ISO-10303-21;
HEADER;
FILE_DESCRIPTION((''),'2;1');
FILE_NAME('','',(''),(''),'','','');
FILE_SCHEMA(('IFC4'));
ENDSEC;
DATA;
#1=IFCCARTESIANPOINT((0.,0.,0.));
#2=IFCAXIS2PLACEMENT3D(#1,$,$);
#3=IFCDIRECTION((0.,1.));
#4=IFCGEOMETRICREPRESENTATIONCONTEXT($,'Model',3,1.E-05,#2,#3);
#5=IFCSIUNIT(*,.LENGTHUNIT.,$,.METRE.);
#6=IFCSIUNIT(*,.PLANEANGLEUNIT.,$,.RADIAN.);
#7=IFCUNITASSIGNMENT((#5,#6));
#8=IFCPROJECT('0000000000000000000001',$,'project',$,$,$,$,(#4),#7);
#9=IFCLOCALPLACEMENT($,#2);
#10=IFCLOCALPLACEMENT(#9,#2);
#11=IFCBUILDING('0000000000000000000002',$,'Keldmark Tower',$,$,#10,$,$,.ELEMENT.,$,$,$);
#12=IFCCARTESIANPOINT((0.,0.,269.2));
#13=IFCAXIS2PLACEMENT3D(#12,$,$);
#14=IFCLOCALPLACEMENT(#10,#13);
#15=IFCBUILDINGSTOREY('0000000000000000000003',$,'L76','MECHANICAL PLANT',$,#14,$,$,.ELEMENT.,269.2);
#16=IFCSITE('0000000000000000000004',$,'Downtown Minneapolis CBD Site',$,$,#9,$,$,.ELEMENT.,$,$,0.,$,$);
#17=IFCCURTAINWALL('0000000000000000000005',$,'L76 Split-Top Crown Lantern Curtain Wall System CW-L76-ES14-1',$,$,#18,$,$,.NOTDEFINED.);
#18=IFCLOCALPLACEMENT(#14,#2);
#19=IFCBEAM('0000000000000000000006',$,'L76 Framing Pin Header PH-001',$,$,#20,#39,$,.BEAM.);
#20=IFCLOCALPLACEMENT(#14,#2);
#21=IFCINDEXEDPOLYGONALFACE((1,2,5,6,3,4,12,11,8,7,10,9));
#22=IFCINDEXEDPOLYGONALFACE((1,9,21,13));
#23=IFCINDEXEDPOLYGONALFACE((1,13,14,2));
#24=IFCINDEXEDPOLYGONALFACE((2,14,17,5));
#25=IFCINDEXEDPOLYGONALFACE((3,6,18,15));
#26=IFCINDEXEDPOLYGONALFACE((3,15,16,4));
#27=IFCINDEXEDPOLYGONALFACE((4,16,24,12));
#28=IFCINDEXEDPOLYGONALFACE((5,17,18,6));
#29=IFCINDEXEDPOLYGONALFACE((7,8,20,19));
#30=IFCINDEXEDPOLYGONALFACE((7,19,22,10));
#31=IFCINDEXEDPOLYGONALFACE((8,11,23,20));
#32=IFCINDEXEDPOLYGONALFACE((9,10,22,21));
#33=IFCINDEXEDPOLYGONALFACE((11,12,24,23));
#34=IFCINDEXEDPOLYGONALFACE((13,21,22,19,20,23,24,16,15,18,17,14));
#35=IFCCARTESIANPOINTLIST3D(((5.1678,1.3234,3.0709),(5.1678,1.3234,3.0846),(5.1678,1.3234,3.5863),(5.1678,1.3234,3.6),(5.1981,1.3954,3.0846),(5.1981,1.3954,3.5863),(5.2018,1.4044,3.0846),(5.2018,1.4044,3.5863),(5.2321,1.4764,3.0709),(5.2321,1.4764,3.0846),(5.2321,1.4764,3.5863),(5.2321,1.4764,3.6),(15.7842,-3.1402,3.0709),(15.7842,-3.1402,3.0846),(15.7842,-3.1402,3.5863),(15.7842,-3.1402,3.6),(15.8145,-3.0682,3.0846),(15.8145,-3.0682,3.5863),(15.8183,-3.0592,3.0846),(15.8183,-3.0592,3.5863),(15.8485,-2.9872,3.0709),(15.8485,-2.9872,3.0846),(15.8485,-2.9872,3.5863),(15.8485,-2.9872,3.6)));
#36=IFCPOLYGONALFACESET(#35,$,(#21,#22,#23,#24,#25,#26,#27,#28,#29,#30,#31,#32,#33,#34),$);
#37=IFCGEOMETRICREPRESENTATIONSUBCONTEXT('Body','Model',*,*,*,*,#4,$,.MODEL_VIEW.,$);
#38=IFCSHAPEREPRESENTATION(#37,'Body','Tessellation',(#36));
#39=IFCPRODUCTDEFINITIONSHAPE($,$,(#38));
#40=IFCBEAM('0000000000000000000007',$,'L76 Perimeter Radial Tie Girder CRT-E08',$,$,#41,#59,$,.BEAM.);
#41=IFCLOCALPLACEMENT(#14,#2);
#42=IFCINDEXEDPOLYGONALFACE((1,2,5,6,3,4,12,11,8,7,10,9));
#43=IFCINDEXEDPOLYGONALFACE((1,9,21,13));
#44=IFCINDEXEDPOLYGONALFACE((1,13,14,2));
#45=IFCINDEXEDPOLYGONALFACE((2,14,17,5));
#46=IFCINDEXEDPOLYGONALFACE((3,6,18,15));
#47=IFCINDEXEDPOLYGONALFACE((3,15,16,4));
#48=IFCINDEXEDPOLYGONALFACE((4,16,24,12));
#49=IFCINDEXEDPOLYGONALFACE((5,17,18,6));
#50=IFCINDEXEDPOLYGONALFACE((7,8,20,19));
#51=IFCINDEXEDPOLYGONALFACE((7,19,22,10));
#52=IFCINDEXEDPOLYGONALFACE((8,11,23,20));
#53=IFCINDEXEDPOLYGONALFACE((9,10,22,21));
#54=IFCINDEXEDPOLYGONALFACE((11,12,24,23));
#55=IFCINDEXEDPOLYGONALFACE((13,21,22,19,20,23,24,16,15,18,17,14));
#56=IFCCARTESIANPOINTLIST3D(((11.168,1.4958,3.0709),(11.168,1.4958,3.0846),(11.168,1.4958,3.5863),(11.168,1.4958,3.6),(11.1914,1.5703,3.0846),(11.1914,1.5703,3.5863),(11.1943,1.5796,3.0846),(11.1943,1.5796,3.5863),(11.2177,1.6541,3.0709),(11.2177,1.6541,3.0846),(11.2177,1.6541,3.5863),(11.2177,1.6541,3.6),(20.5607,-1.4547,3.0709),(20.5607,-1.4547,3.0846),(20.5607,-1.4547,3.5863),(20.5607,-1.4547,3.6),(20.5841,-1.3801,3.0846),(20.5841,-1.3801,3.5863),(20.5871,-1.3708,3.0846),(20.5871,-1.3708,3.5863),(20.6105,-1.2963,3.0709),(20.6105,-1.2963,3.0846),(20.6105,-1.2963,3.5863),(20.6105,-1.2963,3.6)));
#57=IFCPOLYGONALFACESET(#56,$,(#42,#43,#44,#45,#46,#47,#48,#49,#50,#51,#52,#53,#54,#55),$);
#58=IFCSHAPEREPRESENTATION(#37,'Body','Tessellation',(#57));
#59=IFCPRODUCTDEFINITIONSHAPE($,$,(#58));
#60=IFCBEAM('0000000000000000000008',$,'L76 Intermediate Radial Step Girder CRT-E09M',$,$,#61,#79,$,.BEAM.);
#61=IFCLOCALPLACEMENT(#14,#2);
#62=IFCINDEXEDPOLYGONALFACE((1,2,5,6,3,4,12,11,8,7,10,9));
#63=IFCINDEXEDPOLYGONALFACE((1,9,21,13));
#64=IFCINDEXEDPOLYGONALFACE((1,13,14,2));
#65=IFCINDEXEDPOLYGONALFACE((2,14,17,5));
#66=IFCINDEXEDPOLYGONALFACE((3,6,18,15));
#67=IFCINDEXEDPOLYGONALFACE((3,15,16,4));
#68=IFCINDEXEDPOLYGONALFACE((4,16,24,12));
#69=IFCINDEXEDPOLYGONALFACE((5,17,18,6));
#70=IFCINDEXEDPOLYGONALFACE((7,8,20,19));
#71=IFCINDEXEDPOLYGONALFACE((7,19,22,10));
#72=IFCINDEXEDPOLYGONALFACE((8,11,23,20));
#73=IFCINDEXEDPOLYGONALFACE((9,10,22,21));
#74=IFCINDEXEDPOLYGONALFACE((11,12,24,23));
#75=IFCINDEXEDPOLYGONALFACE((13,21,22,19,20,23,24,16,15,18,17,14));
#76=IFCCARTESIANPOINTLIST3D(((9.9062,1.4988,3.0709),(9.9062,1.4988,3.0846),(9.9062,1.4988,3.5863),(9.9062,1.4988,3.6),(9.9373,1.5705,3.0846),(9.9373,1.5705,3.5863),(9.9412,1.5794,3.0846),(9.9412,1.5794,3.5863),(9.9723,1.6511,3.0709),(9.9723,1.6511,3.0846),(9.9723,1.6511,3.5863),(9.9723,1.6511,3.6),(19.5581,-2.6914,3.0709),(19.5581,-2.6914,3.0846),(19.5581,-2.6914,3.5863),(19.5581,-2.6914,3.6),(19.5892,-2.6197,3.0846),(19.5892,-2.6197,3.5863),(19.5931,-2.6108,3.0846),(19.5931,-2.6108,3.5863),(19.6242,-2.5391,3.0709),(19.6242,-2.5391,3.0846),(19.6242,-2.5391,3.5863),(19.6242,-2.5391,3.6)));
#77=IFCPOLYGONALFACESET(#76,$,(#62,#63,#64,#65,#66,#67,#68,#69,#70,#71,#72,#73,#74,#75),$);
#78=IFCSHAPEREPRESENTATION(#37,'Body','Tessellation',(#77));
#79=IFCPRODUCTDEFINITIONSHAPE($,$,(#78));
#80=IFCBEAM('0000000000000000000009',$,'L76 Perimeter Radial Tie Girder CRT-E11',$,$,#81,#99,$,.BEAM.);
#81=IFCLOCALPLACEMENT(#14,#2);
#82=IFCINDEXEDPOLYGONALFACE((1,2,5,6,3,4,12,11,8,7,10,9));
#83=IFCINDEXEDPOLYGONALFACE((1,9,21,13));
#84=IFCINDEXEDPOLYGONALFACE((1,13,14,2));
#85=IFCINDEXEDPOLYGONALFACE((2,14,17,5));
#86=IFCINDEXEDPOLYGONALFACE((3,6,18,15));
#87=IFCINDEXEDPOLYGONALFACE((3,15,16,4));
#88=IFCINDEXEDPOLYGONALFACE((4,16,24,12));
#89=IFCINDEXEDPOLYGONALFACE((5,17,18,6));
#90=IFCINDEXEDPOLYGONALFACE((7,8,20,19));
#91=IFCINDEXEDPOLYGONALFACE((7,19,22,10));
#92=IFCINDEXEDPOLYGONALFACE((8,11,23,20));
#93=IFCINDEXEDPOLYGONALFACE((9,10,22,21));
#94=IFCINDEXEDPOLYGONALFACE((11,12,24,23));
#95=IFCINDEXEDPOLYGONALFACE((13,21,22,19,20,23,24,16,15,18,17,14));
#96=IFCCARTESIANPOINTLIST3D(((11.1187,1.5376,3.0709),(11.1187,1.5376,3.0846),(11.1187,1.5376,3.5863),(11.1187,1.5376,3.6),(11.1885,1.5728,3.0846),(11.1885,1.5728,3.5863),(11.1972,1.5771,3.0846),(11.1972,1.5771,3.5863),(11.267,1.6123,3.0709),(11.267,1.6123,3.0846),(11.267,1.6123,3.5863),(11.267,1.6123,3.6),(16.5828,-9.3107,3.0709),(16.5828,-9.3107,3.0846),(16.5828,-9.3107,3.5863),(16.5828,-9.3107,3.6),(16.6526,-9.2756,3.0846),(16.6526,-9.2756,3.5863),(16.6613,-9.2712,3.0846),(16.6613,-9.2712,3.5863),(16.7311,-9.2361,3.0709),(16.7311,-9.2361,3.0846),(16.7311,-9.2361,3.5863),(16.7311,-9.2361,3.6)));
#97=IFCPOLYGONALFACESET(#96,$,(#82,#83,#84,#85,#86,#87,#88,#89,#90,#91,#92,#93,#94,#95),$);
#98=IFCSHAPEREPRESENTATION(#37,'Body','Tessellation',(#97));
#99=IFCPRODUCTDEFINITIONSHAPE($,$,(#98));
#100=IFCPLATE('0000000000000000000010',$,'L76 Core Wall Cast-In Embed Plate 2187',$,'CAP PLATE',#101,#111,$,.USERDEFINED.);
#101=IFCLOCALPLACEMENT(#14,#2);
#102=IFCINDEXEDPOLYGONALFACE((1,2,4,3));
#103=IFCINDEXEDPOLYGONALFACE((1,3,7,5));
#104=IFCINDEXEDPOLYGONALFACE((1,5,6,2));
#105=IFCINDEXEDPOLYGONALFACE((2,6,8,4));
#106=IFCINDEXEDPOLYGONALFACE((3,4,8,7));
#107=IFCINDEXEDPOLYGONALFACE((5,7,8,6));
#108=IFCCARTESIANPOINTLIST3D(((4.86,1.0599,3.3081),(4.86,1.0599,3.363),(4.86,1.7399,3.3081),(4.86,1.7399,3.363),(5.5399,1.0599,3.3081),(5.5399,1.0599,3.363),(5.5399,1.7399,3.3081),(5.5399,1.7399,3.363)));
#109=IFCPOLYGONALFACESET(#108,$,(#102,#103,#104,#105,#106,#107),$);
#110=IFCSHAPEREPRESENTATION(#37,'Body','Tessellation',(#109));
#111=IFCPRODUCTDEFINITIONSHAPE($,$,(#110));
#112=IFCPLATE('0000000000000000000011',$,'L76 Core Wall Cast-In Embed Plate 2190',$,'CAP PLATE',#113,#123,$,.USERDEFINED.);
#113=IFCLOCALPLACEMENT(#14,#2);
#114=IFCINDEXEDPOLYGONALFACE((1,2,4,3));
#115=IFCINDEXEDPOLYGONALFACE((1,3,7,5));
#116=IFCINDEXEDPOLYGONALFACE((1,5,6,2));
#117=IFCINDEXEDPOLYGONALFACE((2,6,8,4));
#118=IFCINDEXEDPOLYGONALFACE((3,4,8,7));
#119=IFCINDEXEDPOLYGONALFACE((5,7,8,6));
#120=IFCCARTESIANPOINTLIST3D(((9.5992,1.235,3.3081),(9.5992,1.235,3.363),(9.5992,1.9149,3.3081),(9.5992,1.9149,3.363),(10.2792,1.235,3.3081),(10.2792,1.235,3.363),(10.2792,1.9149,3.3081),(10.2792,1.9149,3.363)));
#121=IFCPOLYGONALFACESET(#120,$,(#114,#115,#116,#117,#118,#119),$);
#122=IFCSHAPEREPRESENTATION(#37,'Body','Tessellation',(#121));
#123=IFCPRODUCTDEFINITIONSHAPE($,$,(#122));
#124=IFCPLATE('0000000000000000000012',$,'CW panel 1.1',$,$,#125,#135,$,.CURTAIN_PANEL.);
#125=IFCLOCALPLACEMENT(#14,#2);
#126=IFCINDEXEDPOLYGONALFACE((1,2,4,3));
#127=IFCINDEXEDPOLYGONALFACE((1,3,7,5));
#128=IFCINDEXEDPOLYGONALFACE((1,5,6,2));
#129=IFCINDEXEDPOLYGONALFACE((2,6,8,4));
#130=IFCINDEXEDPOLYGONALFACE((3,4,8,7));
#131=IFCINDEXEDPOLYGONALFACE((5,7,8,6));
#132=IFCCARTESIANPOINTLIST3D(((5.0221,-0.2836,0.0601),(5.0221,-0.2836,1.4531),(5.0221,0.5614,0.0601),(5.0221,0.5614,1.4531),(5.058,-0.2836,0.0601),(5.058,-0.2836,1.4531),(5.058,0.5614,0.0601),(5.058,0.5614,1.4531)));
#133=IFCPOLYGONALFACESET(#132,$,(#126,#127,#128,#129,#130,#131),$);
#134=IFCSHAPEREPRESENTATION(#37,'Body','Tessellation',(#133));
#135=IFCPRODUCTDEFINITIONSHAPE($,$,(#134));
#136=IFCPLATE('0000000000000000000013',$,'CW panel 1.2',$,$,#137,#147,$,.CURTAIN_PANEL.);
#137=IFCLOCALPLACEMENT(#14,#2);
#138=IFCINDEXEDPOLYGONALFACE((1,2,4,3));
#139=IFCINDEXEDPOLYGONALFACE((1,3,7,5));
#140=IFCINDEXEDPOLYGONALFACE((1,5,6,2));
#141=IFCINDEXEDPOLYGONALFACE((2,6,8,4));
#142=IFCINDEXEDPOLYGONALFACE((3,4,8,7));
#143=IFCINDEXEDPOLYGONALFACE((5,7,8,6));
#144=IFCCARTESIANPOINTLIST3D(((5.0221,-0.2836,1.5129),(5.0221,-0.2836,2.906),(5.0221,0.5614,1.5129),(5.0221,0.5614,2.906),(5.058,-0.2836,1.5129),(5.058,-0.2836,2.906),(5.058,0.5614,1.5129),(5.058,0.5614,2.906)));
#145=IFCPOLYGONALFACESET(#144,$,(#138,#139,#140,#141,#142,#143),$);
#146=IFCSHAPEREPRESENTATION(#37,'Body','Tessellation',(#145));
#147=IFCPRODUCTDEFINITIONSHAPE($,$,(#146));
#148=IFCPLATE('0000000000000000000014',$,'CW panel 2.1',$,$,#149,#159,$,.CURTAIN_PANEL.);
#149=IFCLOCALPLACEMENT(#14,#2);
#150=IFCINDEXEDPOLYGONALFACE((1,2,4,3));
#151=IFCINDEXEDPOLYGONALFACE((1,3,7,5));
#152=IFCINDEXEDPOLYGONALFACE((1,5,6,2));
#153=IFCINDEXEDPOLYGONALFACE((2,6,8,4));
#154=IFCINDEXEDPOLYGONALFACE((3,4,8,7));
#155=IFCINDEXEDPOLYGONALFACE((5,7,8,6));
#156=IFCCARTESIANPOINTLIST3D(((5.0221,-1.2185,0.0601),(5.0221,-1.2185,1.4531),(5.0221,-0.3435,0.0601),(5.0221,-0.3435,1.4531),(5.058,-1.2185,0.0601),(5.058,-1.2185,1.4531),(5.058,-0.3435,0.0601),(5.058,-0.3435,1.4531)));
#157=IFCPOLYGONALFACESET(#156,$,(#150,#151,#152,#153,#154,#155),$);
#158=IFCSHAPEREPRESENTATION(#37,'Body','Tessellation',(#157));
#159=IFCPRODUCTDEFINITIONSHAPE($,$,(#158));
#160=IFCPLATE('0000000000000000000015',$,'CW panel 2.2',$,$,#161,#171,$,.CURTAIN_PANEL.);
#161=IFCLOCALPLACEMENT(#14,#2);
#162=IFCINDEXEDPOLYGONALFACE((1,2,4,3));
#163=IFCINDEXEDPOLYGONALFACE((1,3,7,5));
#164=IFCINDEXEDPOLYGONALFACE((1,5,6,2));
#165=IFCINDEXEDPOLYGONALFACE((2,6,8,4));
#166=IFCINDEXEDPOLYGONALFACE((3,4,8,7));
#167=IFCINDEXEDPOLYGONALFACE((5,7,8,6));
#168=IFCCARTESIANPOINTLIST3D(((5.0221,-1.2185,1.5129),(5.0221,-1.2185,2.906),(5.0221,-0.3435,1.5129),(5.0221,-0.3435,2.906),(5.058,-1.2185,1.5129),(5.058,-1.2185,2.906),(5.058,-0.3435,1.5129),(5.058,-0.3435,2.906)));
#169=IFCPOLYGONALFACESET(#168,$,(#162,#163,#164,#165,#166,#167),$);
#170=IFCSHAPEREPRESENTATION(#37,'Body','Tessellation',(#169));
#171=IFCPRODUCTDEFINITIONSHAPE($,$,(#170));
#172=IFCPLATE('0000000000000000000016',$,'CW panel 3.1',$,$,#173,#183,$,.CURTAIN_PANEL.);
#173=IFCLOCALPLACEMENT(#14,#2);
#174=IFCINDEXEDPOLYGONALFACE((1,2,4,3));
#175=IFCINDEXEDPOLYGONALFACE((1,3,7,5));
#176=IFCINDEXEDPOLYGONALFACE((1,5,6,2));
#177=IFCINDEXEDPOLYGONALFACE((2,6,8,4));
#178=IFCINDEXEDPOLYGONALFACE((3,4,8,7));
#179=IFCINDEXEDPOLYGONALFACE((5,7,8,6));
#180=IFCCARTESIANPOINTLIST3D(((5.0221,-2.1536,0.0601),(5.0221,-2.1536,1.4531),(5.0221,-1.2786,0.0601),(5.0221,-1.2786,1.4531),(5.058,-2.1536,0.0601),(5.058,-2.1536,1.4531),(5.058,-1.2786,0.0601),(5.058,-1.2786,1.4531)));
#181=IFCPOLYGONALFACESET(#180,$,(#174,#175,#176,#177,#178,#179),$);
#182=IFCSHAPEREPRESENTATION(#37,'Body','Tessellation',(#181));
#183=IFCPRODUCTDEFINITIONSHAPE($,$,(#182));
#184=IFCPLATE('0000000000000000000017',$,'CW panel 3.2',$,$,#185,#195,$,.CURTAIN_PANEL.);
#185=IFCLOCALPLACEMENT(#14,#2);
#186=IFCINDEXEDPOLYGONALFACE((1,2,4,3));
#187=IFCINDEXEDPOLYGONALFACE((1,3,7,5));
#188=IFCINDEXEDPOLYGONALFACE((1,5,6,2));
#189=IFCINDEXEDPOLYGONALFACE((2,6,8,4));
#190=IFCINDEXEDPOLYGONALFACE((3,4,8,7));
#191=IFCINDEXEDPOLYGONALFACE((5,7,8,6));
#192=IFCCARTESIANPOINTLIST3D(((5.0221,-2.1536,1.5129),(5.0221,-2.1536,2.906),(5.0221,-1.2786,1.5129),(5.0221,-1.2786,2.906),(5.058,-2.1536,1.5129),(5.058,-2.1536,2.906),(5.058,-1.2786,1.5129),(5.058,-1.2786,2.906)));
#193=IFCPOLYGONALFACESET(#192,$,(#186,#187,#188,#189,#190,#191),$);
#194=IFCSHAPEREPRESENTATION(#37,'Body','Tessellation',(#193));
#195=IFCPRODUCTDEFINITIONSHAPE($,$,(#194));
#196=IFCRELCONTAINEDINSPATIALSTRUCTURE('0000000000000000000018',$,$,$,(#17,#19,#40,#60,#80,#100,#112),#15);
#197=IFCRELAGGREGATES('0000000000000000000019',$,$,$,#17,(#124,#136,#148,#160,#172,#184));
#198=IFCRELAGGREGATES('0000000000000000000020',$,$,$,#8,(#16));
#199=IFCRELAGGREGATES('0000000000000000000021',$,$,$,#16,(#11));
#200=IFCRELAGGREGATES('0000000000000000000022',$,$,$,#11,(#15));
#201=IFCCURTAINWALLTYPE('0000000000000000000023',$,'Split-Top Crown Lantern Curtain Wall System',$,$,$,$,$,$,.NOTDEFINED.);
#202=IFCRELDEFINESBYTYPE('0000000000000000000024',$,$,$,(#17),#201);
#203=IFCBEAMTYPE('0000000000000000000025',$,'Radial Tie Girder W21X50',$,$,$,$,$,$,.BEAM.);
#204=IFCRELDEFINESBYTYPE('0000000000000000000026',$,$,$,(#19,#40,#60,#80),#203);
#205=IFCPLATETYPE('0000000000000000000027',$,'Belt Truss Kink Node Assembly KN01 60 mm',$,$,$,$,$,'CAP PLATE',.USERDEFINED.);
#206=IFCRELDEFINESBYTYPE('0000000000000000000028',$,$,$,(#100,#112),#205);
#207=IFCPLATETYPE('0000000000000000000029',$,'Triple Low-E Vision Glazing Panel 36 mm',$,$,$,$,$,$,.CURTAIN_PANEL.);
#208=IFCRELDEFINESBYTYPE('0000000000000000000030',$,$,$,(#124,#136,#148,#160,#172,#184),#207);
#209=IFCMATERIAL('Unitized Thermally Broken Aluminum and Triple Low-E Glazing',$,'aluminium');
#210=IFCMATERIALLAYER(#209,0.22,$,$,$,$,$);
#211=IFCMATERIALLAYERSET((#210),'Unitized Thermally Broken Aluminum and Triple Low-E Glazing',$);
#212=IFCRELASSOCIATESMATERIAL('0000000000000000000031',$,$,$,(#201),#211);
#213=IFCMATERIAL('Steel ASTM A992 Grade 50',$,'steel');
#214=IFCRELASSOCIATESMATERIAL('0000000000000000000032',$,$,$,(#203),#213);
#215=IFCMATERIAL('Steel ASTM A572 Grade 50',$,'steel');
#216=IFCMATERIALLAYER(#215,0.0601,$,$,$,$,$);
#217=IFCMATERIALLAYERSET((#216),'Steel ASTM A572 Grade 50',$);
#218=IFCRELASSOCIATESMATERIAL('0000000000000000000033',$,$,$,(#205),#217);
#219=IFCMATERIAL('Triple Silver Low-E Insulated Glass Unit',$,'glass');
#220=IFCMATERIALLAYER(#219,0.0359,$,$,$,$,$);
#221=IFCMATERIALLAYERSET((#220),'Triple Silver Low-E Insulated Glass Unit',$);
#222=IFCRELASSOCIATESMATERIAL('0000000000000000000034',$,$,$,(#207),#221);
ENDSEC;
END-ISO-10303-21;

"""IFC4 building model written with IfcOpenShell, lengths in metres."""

from ifc_helpers import new_model, si_unit, direction, frame, origin, origin_2d, place, context, subcontext, project, spatial, rectangle, i_section, extrude, material, layer, layer_set, material_profile, profile_set, type_object, element, aggregate, save


model = new_model("IFC4")

# Units and contexts
model_context = context("Model", 3, precision=1e-05, world=origin(), true_north=direction((0.0, 1.0)))
body_context = subcontext(model_context, "Body", "Model", "MODEL_VIEW")
ifc_project = project(units=[si_unit("LENGTHUNIT", "METRE"), si_unit("PLANEANGLEUNIT", "RADIAN")], contexts=[model_context])

# Site, building, storey
site_placement = place(None, origin())
site = spatial("IfcSite", under=ifc_project, at=site_placement, Name="Downtown Minneapolis CBD Site", CompositionType="ELEMENT", RefElevation=0.0)
building_placement = place(site_placement, origin())
building = spatial("IfcBuilding", under=site, at=building_placement, Name="Keldmark Tower", CompositionType="ELEMENT")
storey_placement = place(building_placement, frame((0.0, 0.0, 269.2)))
storey = spatial("IfcBuildingStorey", under=building, at=storey_placement, Name="L76", Description="MECHANICAL PLANT", CompositionType="ELEMENT", Elevation=269.2)

# Curtain wall
ifc_material_1 = material(Name="Unitized Thermally Broken Aluminum and Triple Low-E Glazing", Category="aluminium")
ifc_layer_1 = layer(ifc_material_1, 0.22)
ifc_layer_set_1 = layer_set([ifc_layer_1], Name="Unitized Thermally Broken Aluminum and Triple Low-E Glazing")
curtain_wall_type = type_object("IfcCurtainWallType", Name="Split-Top Crown Lantern Curtain Wall System", PredefinedType="NOTDEFINED", material=ifc_layer_set_1)
curtain_wall_placement = place(storey_placement, origin())
curtain_wall = element("IfcCurtainWall", 1, at=curtain_wall_placement, inside=storey, type_object=curtain_wall_type, Name="L76 Split-Top Crown Lantern Curtain Wall System CW-L76-ES14-1", PredefinedType="NOTDEFINED")

# Beams
ifc_material_2 = material(Name="Steel ASTM A992 Grade 50", Category="steel")
ifc_material_profile_1 = material_profile(ifc_material_2, i_section(OverallWidth=0.166, OverallDepth=0.5291, WebThickness=0.0098, FlangeThickness=0.0137, at=origin_2d()), Name="W21X50")
ifc_profile_set_1 = profile_set([ifc_material_profile_1], Name="Steel ASTM A992 Grade 50")
beam_type = type_object("IfcBeamType", Name="Radial Tie Girder W21X50", PredefinedType="BEAM", material=ifc_profile_set_1)
beam_1_placement = place(storey_placement, frame((5.2, 1.3999, 3.3354), z_axis=(0.921836, -0.38758, 0.0), x_axis=(0.38758, 0.921836, 0.0)))
element("IfcBeam", 2, at=beam_1_placement, inside=storey, type_object=beam_type, Name="L76 Framing Pin Header PH-001", PredefinedType="BEAM", context=body_context, shape_type="SweptSolid", body=[
    extrude(i_section(OverallWidth=0.166, OverallDepth=0.5291, WebThickness=0.0098, FlangeThickness=0.0137, at=origin_2d()), origin(), (0.0, 0.0, 1.0), 11.5166),
])
beam_2_placement = place(storey_placement, frame((11.1929, 1.575, 3.3354), z_axis=(0.95404, -0.29968, 0.0), x_axis=(0.29968, 0.95404, 0.0)))
element("IfcBeam", 3, at=beam_2_placement, inside=storey, type_object=beam_type, Name="L76 Perimeter Radial Tie Girder CRT-E08", PredefinedType="BEAM", context=body_context, shape_type="SweptSolid", body=[
    extrude(i_section(OverallWidth=0.166, OverallDepth=0.5291, WebThickness=0.0098, FlangeThickness=0.0137, at=origin_2d()), origin(), (0.0, 0.0, 1.0), 9.8452),
])
beam_3_placement = place(storey_placement, frame((9.9392, 1.575, 3.3354), z_axis=(0.917288, -0.398225, 0.0), x_axis=(0.398225, 0.917288, 0.0)))
element("IfcBeam", 4, at=beam_3_placement, inside=storey, type_object=beam_type, Name="L76 Intermediate Radial Step Girder CRT-E09M", PredefinedType="BEAM", context=body_context, shape_type="SweptSolid", body=[
    extrude(i_section(OverallWidth=0.166, OverallDepth=0.5291, WebThickness=0.0098, FlangeThickness=0.0137, at=origin_2d()), origin(), (0.0, 0.0, 1.0), 10.5222),
])
beam_4_placement = place(storey_placement, frame((11.1929, 1.575, 3.3354), z_axis=(0.449841, -0.893109, 0.0), x_axis=(0.893109, 0.449841, 0.0)))
element("IfcBeam", 5, at=beam_4_placement, inside=storey, type_object=beam_type, Name="L76 Perimeter Radial Tie Girder CRT-E11", PredefinedType="BEAM", context=body_context, shape_type="SweptSolid", body=[
    extrude(i_section(OverallWidth=0.166, OverallDepth=0.5291, WebThickness=0.0098, FlangeThickness=0.0137, at=origin_2d()), origin(), (0.0, 0.0, 1.0), 12.1467),
])

# Plates
ifc_material_3 = material(Name="Steel ASTM A572 Grade 50", Category="steel")
ifc_layer_2 = layer(ifc_material_3, 0.0601)
ifc_layer_set_2 = layer_set([ifc_layer_2], Name="Steel ASTM A572 Grade 50")
plate_type_1 = type_object("IfcPlateType", Name="Belt Truss Kink Node Assembly KN01 60 mm", ElementType="CAP PLATE", PredefinedType="USERDEFINED", material=ifc_layer_set_2)
for number, where, z_axis, x_axis, name in (
    (6, (5.2, 1.3999, 3.3081), (0.0, 0.0, 1.0), (1.0, 0.0, 0.0), "L76 Core Wall Cast-In Embed Plate 2187"),
    (7, (9.9392, 1.575, 3.3081), (0.0, 0.0, 1.0), (1.0, 0.0, 0.0), "L76 Core Wall Cast-In Embed Plate 2190"),
):
    element("IfcPlate", number, at=place(storey_placement, frame(where, z_axis=z_axis, x_axis=x_axis)), inside=storey, type_object=plate_type_1, Name=name, ObjectType="CAP PLATE", PredefinedType="USERDEFINED", context=body_context, shape_type="SweptSolid", body=[
        extrude(rectangle(XDim=0.6799, YDim=0.6799, at=origin_2d()), origin(), (0.0, 0.0, 1.0), 0.0549),
    ])

# Plates
ifc_material_4 = material(Name="Triple Silver Low-E Insulated Glass Unit", Category="glass")
ifc_layer_3 = layer(ifc_material_4, 0.0359)
ifc_layer_set_3 = layer_set([ifc_layer_3], Name="Triple Silver Low-E Insulated Glass Unit")
plate_type_2 = type_object("IfcPlateType", Name="Triple Low-E Vision Glazing Panel 36 mm", PredefinedType="CURTAIN_PANEL", material=ifc_layer_set_3)
plate_1_placement = place(storey_placement, frame((5.04, 0.1389, 0.0601), z_axis=(0.0, 0.0, 1.0), x_axis=(0.0, -1.0, 0.0)))
plate_1 = element("IfcPlate", 8, at=plate_1_placement, type_object=plate_type_2, Name="CW panel 1.1", PredefinedType="CURTAIN_PANEL", context=body_context, shape_type="SweptSolid", body=[
    extrude(rectangle(XDim=0.845, YDim=0.0359, at=origin_2d()), origin(), (0.0, 0.0, 1.0), 1.3931),
])
plate_2_placement = place(storey_placement, frame((5.04, 0.1389, 1.5129), z_axis=(0.0, 0.0, 1.0), x_axis=(0.0, -1.0, 0.0)))
plate_2 = element("IfcPlate", 9, at=plate_2_placement, type_object=plate_type_2, Name="CW panel 1.2", PredefinedType="CURTAIN_PANEL", context=body_context, shape_type="SweptSolid", body=[
    extrude(rectangle(XDim=0.845, YDim=0.0359, at=origin_2d()), origin(), (0.0, 0.0, 1.0), 1.3931),
])
plate_3_placement = place(storey_placement, frame((5.04, -0.781, 0.0601), z_axis=(0.0, 0.0, 1.0), x_axis=(0.0, -1.0, 0.0)))
plate_3 = element("IfcPlate", 10, at=plate_3_placement, type_object=plate_type_2, Name="CW panel 2.1", PredefinedType="CURTAIN_PANEL", context=body_context, shape_type="SweptSolid", body=[
    extrude(rectangle(XDim=0.875, YDim=0.0359, at=origin_2d()), origin(), (0.0, 0.0, 1.0), 1.3931),
])
plate_4_placement = place(storey_placement, frame((5.04, -0.781, 1.5129), z_axis=(0.0, 0.0, 1.0), x_axis=(0.0, -1.0, 0.0)))
plate_4 = element("IfcPlate", 11, at=plate_4_placement, type_object=plate_type_2, Name="CW panel 2.2", PredefinedType="CURTAIN_PANEL", context=body_context, shape_type="SweptSolid", body=[
    extrude(rectangle(XDim=0.875, YDim=0.0359, at=origin_2d()), origin(), (0.0, 0.0, 1.0), 1.3931),
])
plate_5_placement = place(storey_placement, frame((5.04, -1.7161, 0.0601), z_axis=(0.0, 0.0, 1.0), x_axis=(0.0, -1.0, 0.0)))
plate_5 = element("IfcPlate", 12, at=plate_5_placement, type_object=plate_type_2, Name="CW panel 3.1", PredefinedType="CURTAIN_PANEL", context=body_context, shape_type="SweptSolid", body=[
    extrude(rectangle(XDim=0.875, YDim=0.0359, at=origin_2d()), origin(), (0.0, 0.0, 1.0), 1.3931),
])
plate_6_placement = place(storey_placement, frame((5.04, -1.7161, 1.5129), z_axis=(0.0, 0.0, 1.0), x_axis=(0.0, -1.0, 0.0)))
plate_6 = element("IfcPlate", 13, at=plate_6_placement, type_object=plate_type_2, Name="CW panel 3.2", PredefinedType="CURTAIN_PANEL", context=body_context, shape_type="SweptSolid", body=[
    extrude(rectangle(XDim=0.875, YDim=0.0359, at=origin_2d()), origin(), (0.0, 0.0, 1.0), 1.3931),
])
aggregate(curtain_wall, [plate_1, plate_2, plate_3, plate_4, plate_5, plate_6])

save(model, "model.ifc")
